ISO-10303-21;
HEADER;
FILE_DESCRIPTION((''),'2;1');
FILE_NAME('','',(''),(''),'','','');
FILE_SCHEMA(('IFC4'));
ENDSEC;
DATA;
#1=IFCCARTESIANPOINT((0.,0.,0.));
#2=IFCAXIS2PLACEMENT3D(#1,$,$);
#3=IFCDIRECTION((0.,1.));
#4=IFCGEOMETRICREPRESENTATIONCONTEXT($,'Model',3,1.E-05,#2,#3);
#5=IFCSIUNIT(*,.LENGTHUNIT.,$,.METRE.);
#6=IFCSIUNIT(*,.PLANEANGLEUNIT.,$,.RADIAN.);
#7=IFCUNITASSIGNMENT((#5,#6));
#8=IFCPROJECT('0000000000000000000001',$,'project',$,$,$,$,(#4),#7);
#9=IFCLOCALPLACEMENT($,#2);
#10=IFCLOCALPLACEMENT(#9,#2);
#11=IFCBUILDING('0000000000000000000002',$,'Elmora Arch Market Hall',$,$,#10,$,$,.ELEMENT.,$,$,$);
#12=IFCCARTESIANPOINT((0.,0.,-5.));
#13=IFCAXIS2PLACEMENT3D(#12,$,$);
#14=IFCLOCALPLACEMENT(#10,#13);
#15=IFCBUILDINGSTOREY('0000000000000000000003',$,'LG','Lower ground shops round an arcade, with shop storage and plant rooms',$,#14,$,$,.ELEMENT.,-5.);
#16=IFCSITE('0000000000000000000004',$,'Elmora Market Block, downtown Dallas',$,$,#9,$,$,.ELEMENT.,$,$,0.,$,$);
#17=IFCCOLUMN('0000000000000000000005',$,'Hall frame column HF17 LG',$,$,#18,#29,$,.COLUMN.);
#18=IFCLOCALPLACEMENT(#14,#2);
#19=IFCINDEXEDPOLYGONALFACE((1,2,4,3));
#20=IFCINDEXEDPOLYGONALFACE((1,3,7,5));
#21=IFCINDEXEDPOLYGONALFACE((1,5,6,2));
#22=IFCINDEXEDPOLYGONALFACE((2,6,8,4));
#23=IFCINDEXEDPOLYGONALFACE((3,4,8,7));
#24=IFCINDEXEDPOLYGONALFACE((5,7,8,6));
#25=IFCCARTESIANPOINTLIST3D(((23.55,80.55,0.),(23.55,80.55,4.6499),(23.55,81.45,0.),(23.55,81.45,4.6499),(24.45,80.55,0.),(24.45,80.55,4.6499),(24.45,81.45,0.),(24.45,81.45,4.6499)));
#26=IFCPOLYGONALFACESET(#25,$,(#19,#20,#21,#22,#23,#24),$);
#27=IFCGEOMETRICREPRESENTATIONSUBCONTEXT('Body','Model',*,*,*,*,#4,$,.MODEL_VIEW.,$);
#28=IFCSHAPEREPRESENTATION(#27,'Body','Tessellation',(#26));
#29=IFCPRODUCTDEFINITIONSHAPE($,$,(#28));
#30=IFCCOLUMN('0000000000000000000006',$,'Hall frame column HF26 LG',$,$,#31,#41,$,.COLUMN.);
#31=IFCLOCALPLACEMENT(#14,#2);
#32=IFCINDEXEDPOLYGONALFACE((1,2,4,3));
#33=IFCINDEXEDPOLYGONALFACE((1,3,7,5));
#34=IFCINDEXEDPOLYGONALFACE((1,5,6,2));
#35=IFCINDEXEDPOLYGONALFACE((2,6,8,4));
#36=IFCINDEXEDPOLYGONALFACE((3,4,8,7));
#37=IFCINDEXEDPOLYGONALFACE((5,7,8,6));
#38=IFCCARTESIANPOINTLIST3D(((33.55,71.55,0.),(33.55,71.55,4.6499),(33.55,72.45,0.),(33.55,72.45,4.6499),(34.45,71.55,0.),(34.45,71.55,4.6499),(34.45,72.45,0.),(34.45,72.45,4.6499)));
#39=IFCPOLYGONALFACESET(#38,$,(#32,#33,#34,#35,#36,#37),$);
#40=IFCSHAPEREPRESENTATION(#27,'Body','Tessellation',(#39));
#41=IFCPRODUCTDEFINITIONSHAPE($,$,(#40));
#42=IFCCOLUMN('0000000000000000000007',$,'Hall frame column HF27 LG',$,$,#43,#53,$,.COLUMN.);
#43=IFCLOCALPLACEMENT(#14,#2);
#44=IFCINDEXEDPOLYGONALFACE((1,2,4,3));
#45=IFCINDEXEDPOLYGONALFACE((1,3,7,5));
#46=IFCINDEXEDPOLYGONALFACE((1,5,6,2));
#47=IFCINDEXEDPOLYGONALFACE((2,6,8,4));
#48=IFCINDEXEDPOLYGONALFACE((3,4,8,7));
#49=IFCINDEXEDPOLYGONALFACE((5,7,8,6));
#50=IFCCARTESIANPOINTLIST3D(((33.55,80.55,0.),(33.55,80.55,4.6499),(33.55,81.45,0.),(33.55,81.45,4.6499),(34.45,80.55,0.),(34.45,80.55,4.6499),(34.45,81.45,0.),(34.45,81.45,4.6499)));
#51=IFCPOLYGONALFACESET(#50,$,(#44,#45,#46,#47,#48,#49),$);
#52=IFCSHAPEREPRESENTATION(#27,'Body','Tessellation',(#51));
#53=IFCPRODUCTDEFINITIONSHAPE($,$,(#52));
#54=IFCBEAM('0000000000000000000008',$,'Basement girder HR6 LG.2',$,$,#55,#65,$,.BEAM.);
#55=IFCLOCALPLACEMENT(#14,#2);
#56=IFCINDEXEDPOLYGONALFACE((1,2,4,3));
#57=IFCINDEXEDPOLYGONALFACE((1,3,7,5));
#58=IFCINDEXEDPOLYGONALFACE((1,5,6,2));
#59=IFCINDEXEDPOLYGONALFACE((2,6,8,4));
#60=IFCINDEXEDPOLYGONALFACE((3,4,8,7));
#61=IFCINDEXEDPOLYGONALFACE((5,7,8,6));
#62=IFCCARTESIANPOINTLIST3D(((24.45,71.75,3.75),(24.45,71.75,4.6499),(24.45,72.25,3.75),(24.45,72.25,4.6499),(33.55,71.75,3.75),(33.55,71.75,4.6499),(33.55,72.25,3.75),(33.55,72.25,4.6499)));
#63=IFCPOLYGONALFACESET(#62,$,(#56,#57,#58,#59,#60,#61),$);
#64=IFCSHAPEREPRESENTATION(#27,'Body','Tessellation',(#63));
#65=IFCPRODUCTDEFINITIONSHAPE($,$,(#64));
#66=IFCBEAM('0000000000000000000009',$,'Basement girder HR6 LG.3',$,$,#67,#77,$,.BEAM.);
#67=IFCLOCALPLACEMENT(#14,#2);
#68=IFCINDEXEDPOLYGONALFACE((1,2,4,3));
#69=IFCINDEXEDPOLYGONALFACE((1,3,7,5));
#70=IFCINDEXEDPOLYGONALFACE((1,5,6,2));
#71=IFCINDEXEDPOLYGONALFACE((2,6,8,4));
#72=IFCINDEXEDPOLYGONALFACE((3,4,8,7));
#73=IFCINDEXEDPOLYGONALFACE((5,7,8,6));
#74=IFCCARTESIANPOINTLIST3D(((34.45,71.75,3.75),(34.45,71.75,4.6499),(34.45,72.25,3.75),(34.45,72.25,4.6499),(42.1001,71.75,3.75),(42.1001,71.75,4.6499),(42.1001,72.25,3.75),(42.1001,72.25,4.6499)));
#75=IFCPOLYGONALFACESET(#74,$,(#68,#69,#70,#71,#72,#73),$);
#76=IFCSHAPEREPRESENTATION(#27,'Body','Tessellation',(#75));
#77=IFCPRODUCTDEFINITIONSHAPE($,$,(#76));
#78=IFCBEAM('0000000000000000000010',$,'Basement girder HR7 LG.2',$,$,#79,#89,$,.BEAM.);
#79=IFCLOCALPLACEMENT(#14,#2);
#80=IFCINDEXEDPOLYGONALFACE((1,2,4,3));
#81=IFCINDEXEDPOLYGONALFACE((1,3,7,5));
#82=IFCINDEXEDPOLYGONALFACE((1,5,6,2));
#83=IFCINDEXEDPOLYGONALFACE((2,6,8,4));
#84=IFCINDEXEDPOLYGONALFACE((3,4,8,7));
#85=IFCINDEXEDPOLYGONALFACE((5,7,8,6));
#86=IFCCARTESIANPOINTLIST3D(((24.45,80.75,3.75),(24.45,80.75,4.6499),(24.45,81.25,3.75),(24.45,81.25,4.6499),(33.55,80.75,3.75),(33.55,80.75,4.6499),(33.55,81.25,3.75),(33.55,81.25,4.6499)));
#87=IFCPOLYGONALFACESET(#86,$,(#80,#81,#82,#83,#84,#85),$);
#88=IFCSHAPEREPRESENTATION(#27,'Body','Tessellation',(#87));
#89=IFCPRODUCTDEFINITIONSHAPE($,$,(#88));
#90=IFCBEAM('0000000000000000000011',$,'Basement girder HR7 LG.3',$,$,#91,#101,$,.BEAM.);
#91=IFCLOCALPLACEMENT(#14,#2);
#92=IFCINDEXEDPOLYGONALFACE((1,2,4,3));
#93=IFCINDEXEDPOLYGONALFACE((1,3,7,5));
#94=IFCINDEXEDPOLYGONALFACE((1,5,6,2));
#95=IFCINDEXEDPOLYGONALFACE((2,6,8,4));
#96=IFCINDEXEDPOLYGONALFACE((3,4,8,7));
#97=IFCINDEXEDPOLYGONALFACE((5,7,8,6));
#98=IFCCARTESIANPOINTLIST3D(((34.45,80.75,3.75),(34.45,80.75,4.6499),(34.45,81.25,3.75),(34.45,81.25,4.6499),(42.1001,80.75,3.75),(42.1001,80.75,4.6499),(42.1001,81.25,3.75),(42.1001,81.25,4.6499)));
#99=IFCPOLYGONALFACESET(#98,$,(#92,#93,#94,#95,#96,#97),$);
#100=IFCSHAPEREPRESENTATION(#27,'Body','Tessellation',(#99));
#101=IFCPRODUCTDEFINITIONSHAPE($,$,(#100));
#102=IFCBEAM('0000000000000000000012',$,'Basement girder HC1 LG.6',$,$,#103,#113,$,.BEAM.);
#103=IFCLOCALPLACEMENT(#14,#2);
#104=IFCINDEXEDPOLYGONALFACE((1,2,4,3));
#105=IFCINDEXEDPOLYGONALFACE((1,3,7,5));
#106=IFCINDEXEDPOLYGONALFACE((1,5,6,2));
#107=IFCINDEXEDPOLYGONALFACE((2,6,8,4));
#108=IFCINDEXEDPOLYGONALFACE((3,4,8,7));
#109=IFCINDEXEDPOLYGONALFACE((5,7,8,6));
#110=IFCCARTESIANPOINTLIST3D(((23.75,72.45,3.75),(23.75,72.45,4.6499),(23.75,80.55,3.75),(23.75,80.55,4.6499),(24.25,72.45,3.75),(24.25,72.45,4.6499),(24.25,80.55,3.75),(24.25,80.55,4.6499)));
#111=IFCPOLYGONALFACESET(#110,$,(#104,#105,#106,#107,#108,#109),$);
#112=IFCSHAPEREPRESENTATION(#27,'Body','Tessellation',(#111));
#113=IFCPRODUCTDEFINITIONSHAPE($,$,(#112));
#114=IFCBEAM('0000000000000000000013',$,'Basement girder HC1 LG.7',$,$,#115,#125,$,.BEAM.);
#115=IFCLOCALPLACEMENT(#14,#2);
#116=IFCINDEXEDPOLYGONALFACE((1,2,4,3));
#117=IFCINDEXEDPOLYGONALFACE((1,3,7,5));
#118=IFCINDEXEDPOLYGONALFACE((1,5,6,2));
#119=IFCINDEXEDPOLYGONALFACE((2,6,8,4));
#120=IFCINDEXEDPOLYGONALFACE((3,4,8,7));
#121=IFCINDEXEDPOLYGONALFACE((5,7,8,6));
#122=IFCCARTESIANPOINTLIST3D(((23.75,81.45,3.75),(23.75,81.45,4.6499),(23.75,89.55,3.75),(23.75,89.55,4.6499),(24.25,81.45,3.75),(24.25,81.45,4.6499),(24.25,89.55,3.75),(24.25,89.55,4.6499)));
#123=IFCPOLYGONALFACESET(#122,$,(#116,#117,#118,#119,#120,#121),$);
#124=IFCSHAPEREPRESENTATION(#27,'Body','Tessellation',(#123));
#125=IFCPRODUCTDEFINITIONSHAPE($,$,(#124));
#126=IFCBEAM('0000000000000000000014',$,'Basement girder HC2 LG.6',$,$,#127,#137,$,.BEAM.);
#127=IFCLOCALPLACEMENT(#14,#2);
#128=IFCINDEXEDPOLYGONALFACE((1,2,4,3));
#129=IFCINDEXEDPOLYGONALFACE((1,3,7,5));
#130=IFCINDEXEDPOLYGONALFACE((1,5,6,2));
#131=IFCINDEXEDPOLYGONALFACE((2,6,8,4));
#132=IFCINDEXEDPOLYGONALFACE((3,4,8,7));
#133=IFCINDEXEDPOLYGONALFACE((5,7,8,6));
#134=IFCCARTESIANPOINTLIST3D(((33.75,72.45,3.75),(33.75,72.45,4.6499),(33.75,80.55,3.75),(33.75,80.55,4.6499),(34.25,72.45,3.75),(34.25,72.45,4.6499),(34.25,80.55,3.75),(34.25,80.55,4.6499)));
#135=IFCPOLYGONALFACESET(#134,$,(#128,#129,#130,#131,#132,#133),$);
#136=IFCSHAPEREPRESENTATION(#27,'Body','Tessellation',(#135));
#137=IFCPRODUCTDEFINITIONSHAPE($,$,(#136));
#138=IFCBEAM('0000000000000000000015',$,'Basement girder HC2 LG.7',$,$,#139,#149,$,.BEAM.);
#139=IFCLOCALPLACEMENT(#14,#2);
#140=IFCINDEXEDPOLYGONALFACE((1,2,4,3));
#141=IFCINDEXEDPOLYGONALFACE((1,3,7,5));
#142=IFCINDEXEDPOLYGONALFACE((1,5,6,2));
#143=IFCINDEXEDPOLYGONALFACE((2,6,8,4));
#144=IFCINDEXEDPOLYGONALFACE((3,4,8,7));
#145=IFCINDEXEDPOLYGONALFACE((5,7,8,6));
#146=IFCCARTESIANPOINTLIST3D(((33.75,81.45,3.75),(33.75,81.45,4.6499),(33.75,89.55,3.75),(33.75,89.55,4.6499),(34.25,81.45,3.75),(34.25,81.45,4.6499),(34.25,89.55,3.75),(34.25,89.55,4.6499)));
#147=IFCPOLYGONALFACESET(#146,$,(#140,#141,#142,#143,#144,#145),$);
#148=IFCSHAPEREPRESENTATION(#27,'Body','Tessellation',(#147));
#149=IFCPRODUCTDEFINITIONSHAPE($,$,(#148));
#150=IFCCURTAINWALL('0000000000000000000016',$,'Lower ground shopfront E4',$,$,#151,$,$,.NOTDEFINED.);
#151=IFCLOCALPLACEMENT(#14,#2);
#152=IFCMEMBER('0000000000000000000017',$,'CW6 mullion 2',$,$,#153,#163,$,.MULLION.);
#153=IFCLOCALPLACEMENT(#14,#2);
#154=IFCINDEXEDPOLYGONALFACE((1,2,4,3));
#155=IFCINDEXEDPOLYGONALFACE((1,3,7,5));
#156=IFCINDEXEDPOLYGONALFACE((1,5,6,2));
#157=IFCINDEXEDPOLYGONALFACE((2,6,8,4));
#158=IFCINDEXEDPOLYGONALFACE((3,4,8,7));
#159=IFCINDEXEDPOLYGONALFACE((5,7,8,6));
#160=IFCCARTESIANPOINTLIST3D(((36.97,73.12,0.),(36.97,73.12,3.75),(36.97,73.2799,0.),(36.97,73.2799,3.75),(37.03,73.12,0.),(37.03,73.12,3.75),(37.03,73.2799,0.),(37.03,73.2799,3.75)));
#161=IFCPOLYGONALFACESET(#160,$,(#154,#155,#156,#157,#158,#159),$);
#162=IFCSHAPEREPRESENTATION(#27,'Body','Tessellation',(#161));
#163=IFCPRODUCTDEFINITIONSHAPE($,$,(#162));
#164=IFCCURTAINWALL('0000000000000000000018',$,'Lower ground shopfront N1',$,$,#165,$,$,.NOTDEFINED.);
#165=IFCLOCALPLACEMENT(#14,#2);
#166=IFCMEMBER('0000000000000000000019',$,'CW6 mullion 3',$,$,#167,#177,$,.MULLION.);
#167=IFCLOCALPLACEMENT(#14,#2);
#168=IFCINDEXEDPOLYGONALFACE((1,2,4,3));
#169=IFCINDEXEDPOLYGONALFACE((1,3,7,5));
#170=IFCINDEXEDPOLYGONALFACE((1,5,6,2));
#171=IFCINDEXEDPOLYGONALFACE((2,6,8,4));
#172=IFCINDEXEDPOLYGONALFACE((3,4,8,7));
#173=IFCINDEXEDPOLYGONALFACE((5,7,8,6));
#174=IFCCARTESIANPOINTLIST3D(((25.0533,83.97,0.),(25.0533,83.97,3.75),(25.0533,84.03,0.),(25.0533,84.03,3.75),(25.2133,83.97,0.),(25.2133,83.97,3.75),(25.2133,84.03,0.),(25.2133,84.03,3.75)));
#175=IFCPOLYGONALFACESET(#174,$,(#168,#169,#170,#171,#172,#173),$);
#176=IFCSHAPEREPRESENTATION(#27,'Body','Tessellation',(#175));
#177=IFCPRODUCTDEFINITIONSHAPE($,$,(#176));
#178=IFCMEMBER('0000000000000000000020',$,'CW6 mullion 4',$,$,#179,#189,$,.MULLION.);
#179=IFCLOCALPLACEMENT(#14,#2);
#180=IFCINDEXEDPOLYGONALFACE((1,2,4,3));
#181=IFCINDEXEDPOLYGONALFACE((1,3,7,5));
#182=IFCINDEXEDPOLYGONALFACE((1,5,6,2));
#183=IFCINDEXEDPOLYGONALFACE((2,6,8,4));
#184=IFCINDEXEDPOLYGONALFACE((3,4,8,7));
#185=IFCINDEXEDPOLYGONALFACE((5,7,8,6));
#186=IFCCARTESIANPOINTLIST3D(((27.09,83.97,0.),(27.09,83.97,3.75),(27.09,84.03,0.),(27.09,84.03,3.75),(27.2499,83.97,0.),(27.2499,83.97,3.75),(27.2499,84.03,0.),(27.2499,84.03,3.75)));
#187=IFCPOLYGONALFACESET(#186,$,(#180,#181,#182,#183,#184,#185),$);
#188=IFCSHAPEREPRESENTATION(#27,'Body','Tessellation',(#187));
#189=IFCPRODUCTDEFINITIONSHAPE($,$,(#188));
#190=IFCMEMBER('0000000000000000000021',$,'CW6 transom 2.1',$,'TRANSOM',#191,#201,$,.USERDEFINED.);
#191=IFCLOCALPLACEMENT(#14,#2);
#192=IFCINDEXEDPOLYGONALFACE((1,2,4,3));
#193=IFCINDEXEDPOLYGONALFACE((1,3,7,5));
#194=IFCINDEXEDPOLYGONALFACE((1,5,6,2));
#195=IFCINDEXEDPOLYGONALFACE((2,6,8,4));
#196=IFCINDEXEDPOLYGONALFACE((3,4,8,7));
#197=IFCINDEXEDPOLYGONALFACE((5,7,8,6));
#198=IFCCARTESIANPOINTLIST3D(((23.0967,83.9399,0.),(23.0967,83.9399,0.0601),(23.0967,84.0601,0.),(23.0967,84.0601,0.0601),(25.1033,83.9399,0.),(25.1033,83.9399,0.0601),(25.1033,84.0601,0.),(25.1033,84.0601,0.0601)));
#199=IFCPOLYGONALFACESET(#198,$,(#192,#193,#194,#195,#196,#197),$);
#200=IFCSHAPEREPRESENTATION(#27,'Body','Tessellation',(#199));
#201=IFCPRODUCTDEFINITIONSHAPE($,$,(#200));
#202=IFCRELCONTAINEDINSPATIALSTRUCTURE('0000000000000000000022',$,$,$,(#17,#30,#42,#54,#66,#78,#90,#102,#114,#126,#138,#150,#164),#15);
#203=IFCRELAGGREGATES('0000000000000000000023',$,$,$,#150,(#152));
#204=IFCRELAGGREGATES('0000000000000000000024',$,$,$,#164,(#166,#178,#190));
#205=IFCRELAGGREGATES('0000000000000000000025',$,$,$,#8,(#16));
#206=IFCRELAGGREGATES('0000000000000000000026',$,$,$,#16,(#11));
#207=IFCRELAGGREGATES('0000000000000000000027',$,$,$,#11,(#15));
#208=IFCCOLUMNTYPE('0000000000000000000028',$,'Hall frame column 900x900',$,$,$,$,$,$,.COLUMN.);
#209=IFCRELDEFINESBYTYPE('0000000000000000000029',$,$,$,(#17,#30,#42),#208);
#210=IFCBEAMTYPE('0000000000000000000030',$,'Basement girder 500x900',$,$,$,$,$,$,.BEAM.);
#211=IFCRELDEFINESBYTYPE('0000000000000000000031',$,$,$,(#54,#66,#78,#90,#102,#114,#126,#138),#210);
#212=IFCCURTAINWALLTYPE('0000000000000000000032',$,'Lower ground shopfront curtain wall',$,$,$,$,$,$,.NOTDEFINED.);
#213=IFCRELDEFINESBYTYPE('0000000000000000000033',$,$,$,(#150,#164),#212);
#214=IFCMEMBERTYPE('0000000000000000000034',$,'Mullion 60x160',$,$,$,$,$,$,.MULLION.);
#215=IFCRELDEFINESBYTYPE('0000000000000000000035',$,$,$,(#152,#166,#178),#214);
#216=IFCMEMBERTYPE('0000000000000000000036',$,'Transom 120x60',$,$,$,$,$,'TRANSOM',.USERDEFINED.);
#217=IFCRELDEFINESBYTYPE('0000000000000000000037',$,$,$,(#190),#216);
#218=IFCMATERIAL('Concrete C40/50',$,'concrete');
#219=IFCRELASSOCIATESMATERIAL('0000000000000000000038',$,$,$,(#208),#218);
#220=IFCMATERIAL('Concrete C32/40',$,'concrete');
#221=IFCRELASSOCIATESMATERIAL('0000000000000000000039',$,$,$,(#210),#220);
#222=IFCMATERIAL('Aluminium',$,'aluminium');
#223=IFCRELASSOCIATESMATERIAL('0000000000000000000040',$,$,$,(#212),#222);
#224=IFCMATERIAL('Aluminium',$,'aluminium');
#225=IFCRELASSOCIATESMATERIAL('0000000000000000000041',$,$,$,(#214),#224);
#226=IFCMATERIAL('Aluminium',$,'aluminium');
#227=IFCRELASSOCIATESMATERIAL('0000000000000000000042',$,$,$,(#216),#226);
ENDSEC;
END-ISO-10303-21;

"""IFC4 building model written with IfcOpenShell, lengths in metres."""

from ifc_helpers import new_model, si_unit, direction, frame, origin, origin_2d, place, context, subcontext, project, spatial, rectangle, extrude, material, material_profile, profile_set, type_object, element, aggregate, save


model = new_model("IFC4")

# Units and contexts
model_context = context("Model", 3, precision=1e-05, world=origin(), true_north=direction((0.0, 1.0)))
body_context = subcontext(model_context, "Body", "Model", "MODEL_VIEW")
ifc_project = project(units=[si_unit("LENGTHUNIT", "METRE"), si_unit("PLANEANGLEUNIT", "RADIAN")], contexts=[model_context])

# Site, building, storey
site_placement = place(None, origin())
site = spatial("IfcSite", under=ifc_project, at=site_placement, Name="Elmora Market Block, downtown Dallas", CompositionType="ELEMENT", RefElevation=0.0)
building_placement = place(site_placement, origin())
building = spatial("IfcBuilding", under=site, at=building_placement, Name="Elmora Arch Market Hall", CompositionType="ELEMENT")
storey_placement = place(building_placement, frame((0.0, 0.0, -5.0)))
storey = spatial("IfcBuildingStorey", under=building, at=storey_placement, Name="LG", Description="Lower ground shops round an arcade, with shop storage and plant rooms", CompositionType="ELEMENT", Elevation=-5.0)

# Columns
ifc_material_1 = material(Name="Concrete C40/50", Category="concrete")
ifc_material_profile_1 = material_profile(ifc_material_1, rectangle(XDim=0.8999, YDim=0.8999, at=origin_2d()), Name="Hall frame column 900x900")
ifc_profile_set_1 = profile_set([ifc_material_profile_1], Name="Concrete C40/50")
column_type = type_object("IfcColumnType", Name="Hall frame column 900x900", PredefinedType="COLUMN", material=ifc_profile_set_1)
for number, where, z_axis, x_axis, name in (
    (1, (24.0, 81.0, 0.0), (0.0, 0.0, 1.0), (1.0, 0.0, 0.0), "Hall frame column HF17 LG"),
    (2, (34.0, 72.0, 0.0), (0.0, 0.0, 1.0), (1.0, 0.0, 0.0), "Hall frame column HF26 LG"),
    (3, (34.0, 81.0, 0.0), (0.0, 0.0, 1.0), (1.0, 0.0, 0.0), "Hall frame column HF27 LG"),
):
    element("IfcColumn", number, at=place(storey_placement, frame(where, z_axis=z_axis, x_axis=x_axis)), inside=storey, type_object=column_type, Name=name, PredefinedType="COLUMN", context=body_context, shape_type="SweptSolid", body=[
        extrude(rectangle(XDim=0.8999, YDim=0.8999, at=origin_2d()), origin(), (0.0, 0.0, 1.0), 4.6499),
    ])

# Beams
ifc_material_2 = material(Name="Concrete C32/40", Category="concrete")
ifc_material_profile_2 = material_profile(ifc_material_2, rectangle(XDim=0.5, YDim=0.8999, at=origin_2d()), Name="Basement girder 500x900")
ifc_profile_set_2 = profile_set([ifc_material_profile_2], Name="Concrete C32/40")
beam_type = type_object("IfcBeamType", Name="Basement girder 500x900", PredefinedType="BEAM", material=ifc_profile_set_2)
beam_1_placement = place(storey_placement, frame((24.45, 72.0, 4.2), z_axis=(1.0, 0.0, 0.0), x_axis=(0.0, 1.0, 0.0)))
element("IfcBeam", 4, at=beam_1_placement, inside=storey, type_object=beam_type, Name="Basement girder HR6 LG.2", PredefinedType="BEAM", context=body_context, shape_type="SweptSolid", body=[
    extrude(rectangle(XDim=0.5, YDim=0.8999, at=origin_2d()), origin(), (0.0, 0.0, 1.0), 9.1001),
])
beam_2_placement = place(storey_placement, frame((34.45, 72.0, 4.2), z_axis=(1.0, 0.0, 0.0), x_axis=(0.0, 1.0, 0.0)))
element("IfcBeam", 5, at=beam_2_placement, inside=storey, type_object=beam_type, Name="Basement girder HR6 LG.3", PredefinedType="BEAM", context=body_context, shape_type="SweptSolid", body=[
    extrude(rectangle(XDim=0.5, YDim=0.8999, at=origin_2d()), origin(), (0.0, 0.0, 1.0), 7.6501),
])
beam_3_placement = place(storey_placement, frame((24.45, 81.0, 4.2), z_axis=(1.0, 0.0, 0.0), x_axis=(0.0, 1.0, 0.0)))
element("IfcBeam", 6, at=beam_3_placement, inside=storey, type_object=beam_type, Name="Basement girder HR7 LG.2", PredefinedType="BEAM", context=body_context, shape_type="SweptSolid", body=[
    extrude(rectangle(XDim=0.5, YDim=0.8999, at=origin_2d()), origin(), (0.0, 0.0, 1.0), 9.1001),
])
beam_4_placement = place(storey_placement, frame((34.45, 81.0, 4.2), z_axis=(1.0, 0.0, 0.0), x_axis=(0.0, 1.0, 0.0)))
element("IfcBeam", 7, at=beam_4_placement, inside=storey, type_object=beam_type, Name="Basement girder HR7 LG.3", PredefinedType="BEAM", context=body_context, shape_type="SweptSolid", body=[
    extrude(rectangle(XDim=0.5, YDim=0.8999, at=origin_2d()), origin(), (0.0, 0.0, 1.0), 7.6501),
])
for number, where, z_axis, x_axis, name in (
    (8, (24.0, 72.45, 4.2), (0.0, 1.0, 0.0), (-1.0, 0.0, 0.0), "Basement girder HC1 LG.6"),
    (9, (24.0, 81.45, 4.2), (0.0, 1.0, 0.0), (-1.0, 0.0, 0.0), "Basement girder HC1 LG.7"),
    (10, (34.0, 72.45, 4.2), (0.0, 1.0, 0.0), (-1.0, 0.0, 0.0), "Basement girder HC2 LG.6"),
    (11, (34.0, 81.45, 4.2), (0.0, 1.0, 0.0), (-1.0, 0.0, 0.0), "Basement girder HC2 LG.7"),
):
    element("IfcBeam", number, at=place(storey_placement, frame(where, z_axis=z_axis, x_axis=x_axis)), inside=storey, type_object=beam_type, Name=name, PredefinedType="BEAM", context=body_context, shape_type="SweptSolid", body=[
        extrude(rectangle(XDim=0.5, YDim=0.8999, at=origin_2d()), origin(), (0.0, 0.0, 1.0), 8.1001),
    ])

# Curtain wall, member
ifc_material_3 = material(Name="Aluminium", Category="aluminium")
curtain_wall_type = type_object("IfcCurtainWallType", Name="Lower ground shopfront curtain wall", PredefinedType="NOTDEFINED", material=ifc_material_3)
curtain_wall_1_placement = place(storey_placement, origin())
curtain_wall_1 = element("IfcCurtainWall", 12, at=curtain_wall_1_placement, inside=storey, type_object=curtain_wall_type, Name="Lower ground shopfront E4", PredefinedType="NOTDEFINED")
ifc_material_4 = material(Name="Aluminium", Category="aluminium")
ifc_material_profile_3 = material_profile(ifc_material_4, rectangle(XDim=0.0601, YDim=0.1599, at=origin_2d()), Name="AL 60x160")
ifc_profile_set_3 = profile_set([ifc_material_profile_3], Name="Aluminium")
member_type_1 = type_object("IfcMemberType", Name="Mullion 60x160", PredefinedType="MULLION", material=ifc_profile_set_3)
member_1_placement = place(storey_placement, frame((37.0, 73.2, 0.0), z_axis=(0.0, 0.0, 1.0), x_axis=(-1.0, 0.0, 0.0)))
member_1 = element("IfcMember", 13, at=member_1_placement, type_object=member_type_1, Name="CW6 mullion 2", PredefinedType="MULLION", context=body_context, shape_type="SweptSolid", body=[
    extrude(rectangle(XDim=0.0601, YDim=0.1599, at=origin_2d()), origin(), (0.0, 0.0, 1.0), 3.75),
])

# Curtain wall, members
curtain_wall_2_placement = place(storey_placement, origin())
curtain_wall_2 = element("IfcCurtainWall", 14, at=curtain_wall_2_placement, inside=storey, type_object=curtain_wall_type, Name="Lower ground shopfront N1", PredefinedType="NOTDEFINED")
member_2_placement = place(storey_placement, frame((25.1333, 84.0, 0.0), z_axis=(0.0, 0.0, 1.0), x_axis=(0.0, 1.0, 0.0)))
member_2 = element("IfcMember", 15, at=member_2_placement, type_object=member_type_1, Name="CW6 mullion 3", PredefinedType="MULLION", context=body_context, shape_type="SweptSolid", body=[
    extrude(rectangle(XDim=0.0601, YDim=0.1599, at=origin_2d()), origin(), (0.0, 0.0, 1.0), 3.75),
])
member_3_placement = place(storey_placement, frame((27.1699, 84.0, 0.0), z_axis=(0.0, 0.0, 1.0), x_axis=(0.0, 1.0, 0.0)))
member_3 = element("IfcMember", 16, at=member_3_placement, type_object=member_type_1, Name="CW6 mullion 4", PredefinedType="MULLION", context=body_context, shape_type="SweptSolid", body=[
    extrude(rectangle(XDim=0.0601, YDim=0.1599, at=origin_2d()), origin(), (0.0, 0.0, 1.0), 3.75),
])
ifc_material_5 = material(Name="Aluminium", Category="aluminium")
ifc_material_profile_4 = material_profile(ifc_material_5, rectangle(XDim=0.1201, YDim=0.0601, at=origin_2d()), Name="AL 120x60")
ifc_profile_set_4 = profile_set([ifc_material_profile_4], Name="Aluminium")
member_type_2 = type_object("IfcMemberType", Name="Transom 120x60", ElementType="TRANSOM", PredefinedType="USERDEFINED", material=ifc_profile_set_4)
member_4_placement = place(storey_placement, frame((23.0967, 84.0, 0.03), z_axis=(1.0, 0.0, 0.0), x_axis=(0.0, 1.0, 0.0)))
member_4 = element("IfcMember", 17, at=member_4_placement, type_object=member_type_2, Name="CW6 transom 2.1", ObjectType="TRANSOM", PredefinedType="USERDEFINED", context=body_context, shape_type="SweptSolid", body=[
    extrude(rectangle(XDim=0.1201, YDim=0.0601, at=origin_2d()), origin(), (0.0, 0.0, 1.0), 2.0066),
])

aggregate(curtain_wall_1, [member_1])
aggregate(curtain_wall_2, [member_2, member_3, member_4])

save(model, "model.ifc")
